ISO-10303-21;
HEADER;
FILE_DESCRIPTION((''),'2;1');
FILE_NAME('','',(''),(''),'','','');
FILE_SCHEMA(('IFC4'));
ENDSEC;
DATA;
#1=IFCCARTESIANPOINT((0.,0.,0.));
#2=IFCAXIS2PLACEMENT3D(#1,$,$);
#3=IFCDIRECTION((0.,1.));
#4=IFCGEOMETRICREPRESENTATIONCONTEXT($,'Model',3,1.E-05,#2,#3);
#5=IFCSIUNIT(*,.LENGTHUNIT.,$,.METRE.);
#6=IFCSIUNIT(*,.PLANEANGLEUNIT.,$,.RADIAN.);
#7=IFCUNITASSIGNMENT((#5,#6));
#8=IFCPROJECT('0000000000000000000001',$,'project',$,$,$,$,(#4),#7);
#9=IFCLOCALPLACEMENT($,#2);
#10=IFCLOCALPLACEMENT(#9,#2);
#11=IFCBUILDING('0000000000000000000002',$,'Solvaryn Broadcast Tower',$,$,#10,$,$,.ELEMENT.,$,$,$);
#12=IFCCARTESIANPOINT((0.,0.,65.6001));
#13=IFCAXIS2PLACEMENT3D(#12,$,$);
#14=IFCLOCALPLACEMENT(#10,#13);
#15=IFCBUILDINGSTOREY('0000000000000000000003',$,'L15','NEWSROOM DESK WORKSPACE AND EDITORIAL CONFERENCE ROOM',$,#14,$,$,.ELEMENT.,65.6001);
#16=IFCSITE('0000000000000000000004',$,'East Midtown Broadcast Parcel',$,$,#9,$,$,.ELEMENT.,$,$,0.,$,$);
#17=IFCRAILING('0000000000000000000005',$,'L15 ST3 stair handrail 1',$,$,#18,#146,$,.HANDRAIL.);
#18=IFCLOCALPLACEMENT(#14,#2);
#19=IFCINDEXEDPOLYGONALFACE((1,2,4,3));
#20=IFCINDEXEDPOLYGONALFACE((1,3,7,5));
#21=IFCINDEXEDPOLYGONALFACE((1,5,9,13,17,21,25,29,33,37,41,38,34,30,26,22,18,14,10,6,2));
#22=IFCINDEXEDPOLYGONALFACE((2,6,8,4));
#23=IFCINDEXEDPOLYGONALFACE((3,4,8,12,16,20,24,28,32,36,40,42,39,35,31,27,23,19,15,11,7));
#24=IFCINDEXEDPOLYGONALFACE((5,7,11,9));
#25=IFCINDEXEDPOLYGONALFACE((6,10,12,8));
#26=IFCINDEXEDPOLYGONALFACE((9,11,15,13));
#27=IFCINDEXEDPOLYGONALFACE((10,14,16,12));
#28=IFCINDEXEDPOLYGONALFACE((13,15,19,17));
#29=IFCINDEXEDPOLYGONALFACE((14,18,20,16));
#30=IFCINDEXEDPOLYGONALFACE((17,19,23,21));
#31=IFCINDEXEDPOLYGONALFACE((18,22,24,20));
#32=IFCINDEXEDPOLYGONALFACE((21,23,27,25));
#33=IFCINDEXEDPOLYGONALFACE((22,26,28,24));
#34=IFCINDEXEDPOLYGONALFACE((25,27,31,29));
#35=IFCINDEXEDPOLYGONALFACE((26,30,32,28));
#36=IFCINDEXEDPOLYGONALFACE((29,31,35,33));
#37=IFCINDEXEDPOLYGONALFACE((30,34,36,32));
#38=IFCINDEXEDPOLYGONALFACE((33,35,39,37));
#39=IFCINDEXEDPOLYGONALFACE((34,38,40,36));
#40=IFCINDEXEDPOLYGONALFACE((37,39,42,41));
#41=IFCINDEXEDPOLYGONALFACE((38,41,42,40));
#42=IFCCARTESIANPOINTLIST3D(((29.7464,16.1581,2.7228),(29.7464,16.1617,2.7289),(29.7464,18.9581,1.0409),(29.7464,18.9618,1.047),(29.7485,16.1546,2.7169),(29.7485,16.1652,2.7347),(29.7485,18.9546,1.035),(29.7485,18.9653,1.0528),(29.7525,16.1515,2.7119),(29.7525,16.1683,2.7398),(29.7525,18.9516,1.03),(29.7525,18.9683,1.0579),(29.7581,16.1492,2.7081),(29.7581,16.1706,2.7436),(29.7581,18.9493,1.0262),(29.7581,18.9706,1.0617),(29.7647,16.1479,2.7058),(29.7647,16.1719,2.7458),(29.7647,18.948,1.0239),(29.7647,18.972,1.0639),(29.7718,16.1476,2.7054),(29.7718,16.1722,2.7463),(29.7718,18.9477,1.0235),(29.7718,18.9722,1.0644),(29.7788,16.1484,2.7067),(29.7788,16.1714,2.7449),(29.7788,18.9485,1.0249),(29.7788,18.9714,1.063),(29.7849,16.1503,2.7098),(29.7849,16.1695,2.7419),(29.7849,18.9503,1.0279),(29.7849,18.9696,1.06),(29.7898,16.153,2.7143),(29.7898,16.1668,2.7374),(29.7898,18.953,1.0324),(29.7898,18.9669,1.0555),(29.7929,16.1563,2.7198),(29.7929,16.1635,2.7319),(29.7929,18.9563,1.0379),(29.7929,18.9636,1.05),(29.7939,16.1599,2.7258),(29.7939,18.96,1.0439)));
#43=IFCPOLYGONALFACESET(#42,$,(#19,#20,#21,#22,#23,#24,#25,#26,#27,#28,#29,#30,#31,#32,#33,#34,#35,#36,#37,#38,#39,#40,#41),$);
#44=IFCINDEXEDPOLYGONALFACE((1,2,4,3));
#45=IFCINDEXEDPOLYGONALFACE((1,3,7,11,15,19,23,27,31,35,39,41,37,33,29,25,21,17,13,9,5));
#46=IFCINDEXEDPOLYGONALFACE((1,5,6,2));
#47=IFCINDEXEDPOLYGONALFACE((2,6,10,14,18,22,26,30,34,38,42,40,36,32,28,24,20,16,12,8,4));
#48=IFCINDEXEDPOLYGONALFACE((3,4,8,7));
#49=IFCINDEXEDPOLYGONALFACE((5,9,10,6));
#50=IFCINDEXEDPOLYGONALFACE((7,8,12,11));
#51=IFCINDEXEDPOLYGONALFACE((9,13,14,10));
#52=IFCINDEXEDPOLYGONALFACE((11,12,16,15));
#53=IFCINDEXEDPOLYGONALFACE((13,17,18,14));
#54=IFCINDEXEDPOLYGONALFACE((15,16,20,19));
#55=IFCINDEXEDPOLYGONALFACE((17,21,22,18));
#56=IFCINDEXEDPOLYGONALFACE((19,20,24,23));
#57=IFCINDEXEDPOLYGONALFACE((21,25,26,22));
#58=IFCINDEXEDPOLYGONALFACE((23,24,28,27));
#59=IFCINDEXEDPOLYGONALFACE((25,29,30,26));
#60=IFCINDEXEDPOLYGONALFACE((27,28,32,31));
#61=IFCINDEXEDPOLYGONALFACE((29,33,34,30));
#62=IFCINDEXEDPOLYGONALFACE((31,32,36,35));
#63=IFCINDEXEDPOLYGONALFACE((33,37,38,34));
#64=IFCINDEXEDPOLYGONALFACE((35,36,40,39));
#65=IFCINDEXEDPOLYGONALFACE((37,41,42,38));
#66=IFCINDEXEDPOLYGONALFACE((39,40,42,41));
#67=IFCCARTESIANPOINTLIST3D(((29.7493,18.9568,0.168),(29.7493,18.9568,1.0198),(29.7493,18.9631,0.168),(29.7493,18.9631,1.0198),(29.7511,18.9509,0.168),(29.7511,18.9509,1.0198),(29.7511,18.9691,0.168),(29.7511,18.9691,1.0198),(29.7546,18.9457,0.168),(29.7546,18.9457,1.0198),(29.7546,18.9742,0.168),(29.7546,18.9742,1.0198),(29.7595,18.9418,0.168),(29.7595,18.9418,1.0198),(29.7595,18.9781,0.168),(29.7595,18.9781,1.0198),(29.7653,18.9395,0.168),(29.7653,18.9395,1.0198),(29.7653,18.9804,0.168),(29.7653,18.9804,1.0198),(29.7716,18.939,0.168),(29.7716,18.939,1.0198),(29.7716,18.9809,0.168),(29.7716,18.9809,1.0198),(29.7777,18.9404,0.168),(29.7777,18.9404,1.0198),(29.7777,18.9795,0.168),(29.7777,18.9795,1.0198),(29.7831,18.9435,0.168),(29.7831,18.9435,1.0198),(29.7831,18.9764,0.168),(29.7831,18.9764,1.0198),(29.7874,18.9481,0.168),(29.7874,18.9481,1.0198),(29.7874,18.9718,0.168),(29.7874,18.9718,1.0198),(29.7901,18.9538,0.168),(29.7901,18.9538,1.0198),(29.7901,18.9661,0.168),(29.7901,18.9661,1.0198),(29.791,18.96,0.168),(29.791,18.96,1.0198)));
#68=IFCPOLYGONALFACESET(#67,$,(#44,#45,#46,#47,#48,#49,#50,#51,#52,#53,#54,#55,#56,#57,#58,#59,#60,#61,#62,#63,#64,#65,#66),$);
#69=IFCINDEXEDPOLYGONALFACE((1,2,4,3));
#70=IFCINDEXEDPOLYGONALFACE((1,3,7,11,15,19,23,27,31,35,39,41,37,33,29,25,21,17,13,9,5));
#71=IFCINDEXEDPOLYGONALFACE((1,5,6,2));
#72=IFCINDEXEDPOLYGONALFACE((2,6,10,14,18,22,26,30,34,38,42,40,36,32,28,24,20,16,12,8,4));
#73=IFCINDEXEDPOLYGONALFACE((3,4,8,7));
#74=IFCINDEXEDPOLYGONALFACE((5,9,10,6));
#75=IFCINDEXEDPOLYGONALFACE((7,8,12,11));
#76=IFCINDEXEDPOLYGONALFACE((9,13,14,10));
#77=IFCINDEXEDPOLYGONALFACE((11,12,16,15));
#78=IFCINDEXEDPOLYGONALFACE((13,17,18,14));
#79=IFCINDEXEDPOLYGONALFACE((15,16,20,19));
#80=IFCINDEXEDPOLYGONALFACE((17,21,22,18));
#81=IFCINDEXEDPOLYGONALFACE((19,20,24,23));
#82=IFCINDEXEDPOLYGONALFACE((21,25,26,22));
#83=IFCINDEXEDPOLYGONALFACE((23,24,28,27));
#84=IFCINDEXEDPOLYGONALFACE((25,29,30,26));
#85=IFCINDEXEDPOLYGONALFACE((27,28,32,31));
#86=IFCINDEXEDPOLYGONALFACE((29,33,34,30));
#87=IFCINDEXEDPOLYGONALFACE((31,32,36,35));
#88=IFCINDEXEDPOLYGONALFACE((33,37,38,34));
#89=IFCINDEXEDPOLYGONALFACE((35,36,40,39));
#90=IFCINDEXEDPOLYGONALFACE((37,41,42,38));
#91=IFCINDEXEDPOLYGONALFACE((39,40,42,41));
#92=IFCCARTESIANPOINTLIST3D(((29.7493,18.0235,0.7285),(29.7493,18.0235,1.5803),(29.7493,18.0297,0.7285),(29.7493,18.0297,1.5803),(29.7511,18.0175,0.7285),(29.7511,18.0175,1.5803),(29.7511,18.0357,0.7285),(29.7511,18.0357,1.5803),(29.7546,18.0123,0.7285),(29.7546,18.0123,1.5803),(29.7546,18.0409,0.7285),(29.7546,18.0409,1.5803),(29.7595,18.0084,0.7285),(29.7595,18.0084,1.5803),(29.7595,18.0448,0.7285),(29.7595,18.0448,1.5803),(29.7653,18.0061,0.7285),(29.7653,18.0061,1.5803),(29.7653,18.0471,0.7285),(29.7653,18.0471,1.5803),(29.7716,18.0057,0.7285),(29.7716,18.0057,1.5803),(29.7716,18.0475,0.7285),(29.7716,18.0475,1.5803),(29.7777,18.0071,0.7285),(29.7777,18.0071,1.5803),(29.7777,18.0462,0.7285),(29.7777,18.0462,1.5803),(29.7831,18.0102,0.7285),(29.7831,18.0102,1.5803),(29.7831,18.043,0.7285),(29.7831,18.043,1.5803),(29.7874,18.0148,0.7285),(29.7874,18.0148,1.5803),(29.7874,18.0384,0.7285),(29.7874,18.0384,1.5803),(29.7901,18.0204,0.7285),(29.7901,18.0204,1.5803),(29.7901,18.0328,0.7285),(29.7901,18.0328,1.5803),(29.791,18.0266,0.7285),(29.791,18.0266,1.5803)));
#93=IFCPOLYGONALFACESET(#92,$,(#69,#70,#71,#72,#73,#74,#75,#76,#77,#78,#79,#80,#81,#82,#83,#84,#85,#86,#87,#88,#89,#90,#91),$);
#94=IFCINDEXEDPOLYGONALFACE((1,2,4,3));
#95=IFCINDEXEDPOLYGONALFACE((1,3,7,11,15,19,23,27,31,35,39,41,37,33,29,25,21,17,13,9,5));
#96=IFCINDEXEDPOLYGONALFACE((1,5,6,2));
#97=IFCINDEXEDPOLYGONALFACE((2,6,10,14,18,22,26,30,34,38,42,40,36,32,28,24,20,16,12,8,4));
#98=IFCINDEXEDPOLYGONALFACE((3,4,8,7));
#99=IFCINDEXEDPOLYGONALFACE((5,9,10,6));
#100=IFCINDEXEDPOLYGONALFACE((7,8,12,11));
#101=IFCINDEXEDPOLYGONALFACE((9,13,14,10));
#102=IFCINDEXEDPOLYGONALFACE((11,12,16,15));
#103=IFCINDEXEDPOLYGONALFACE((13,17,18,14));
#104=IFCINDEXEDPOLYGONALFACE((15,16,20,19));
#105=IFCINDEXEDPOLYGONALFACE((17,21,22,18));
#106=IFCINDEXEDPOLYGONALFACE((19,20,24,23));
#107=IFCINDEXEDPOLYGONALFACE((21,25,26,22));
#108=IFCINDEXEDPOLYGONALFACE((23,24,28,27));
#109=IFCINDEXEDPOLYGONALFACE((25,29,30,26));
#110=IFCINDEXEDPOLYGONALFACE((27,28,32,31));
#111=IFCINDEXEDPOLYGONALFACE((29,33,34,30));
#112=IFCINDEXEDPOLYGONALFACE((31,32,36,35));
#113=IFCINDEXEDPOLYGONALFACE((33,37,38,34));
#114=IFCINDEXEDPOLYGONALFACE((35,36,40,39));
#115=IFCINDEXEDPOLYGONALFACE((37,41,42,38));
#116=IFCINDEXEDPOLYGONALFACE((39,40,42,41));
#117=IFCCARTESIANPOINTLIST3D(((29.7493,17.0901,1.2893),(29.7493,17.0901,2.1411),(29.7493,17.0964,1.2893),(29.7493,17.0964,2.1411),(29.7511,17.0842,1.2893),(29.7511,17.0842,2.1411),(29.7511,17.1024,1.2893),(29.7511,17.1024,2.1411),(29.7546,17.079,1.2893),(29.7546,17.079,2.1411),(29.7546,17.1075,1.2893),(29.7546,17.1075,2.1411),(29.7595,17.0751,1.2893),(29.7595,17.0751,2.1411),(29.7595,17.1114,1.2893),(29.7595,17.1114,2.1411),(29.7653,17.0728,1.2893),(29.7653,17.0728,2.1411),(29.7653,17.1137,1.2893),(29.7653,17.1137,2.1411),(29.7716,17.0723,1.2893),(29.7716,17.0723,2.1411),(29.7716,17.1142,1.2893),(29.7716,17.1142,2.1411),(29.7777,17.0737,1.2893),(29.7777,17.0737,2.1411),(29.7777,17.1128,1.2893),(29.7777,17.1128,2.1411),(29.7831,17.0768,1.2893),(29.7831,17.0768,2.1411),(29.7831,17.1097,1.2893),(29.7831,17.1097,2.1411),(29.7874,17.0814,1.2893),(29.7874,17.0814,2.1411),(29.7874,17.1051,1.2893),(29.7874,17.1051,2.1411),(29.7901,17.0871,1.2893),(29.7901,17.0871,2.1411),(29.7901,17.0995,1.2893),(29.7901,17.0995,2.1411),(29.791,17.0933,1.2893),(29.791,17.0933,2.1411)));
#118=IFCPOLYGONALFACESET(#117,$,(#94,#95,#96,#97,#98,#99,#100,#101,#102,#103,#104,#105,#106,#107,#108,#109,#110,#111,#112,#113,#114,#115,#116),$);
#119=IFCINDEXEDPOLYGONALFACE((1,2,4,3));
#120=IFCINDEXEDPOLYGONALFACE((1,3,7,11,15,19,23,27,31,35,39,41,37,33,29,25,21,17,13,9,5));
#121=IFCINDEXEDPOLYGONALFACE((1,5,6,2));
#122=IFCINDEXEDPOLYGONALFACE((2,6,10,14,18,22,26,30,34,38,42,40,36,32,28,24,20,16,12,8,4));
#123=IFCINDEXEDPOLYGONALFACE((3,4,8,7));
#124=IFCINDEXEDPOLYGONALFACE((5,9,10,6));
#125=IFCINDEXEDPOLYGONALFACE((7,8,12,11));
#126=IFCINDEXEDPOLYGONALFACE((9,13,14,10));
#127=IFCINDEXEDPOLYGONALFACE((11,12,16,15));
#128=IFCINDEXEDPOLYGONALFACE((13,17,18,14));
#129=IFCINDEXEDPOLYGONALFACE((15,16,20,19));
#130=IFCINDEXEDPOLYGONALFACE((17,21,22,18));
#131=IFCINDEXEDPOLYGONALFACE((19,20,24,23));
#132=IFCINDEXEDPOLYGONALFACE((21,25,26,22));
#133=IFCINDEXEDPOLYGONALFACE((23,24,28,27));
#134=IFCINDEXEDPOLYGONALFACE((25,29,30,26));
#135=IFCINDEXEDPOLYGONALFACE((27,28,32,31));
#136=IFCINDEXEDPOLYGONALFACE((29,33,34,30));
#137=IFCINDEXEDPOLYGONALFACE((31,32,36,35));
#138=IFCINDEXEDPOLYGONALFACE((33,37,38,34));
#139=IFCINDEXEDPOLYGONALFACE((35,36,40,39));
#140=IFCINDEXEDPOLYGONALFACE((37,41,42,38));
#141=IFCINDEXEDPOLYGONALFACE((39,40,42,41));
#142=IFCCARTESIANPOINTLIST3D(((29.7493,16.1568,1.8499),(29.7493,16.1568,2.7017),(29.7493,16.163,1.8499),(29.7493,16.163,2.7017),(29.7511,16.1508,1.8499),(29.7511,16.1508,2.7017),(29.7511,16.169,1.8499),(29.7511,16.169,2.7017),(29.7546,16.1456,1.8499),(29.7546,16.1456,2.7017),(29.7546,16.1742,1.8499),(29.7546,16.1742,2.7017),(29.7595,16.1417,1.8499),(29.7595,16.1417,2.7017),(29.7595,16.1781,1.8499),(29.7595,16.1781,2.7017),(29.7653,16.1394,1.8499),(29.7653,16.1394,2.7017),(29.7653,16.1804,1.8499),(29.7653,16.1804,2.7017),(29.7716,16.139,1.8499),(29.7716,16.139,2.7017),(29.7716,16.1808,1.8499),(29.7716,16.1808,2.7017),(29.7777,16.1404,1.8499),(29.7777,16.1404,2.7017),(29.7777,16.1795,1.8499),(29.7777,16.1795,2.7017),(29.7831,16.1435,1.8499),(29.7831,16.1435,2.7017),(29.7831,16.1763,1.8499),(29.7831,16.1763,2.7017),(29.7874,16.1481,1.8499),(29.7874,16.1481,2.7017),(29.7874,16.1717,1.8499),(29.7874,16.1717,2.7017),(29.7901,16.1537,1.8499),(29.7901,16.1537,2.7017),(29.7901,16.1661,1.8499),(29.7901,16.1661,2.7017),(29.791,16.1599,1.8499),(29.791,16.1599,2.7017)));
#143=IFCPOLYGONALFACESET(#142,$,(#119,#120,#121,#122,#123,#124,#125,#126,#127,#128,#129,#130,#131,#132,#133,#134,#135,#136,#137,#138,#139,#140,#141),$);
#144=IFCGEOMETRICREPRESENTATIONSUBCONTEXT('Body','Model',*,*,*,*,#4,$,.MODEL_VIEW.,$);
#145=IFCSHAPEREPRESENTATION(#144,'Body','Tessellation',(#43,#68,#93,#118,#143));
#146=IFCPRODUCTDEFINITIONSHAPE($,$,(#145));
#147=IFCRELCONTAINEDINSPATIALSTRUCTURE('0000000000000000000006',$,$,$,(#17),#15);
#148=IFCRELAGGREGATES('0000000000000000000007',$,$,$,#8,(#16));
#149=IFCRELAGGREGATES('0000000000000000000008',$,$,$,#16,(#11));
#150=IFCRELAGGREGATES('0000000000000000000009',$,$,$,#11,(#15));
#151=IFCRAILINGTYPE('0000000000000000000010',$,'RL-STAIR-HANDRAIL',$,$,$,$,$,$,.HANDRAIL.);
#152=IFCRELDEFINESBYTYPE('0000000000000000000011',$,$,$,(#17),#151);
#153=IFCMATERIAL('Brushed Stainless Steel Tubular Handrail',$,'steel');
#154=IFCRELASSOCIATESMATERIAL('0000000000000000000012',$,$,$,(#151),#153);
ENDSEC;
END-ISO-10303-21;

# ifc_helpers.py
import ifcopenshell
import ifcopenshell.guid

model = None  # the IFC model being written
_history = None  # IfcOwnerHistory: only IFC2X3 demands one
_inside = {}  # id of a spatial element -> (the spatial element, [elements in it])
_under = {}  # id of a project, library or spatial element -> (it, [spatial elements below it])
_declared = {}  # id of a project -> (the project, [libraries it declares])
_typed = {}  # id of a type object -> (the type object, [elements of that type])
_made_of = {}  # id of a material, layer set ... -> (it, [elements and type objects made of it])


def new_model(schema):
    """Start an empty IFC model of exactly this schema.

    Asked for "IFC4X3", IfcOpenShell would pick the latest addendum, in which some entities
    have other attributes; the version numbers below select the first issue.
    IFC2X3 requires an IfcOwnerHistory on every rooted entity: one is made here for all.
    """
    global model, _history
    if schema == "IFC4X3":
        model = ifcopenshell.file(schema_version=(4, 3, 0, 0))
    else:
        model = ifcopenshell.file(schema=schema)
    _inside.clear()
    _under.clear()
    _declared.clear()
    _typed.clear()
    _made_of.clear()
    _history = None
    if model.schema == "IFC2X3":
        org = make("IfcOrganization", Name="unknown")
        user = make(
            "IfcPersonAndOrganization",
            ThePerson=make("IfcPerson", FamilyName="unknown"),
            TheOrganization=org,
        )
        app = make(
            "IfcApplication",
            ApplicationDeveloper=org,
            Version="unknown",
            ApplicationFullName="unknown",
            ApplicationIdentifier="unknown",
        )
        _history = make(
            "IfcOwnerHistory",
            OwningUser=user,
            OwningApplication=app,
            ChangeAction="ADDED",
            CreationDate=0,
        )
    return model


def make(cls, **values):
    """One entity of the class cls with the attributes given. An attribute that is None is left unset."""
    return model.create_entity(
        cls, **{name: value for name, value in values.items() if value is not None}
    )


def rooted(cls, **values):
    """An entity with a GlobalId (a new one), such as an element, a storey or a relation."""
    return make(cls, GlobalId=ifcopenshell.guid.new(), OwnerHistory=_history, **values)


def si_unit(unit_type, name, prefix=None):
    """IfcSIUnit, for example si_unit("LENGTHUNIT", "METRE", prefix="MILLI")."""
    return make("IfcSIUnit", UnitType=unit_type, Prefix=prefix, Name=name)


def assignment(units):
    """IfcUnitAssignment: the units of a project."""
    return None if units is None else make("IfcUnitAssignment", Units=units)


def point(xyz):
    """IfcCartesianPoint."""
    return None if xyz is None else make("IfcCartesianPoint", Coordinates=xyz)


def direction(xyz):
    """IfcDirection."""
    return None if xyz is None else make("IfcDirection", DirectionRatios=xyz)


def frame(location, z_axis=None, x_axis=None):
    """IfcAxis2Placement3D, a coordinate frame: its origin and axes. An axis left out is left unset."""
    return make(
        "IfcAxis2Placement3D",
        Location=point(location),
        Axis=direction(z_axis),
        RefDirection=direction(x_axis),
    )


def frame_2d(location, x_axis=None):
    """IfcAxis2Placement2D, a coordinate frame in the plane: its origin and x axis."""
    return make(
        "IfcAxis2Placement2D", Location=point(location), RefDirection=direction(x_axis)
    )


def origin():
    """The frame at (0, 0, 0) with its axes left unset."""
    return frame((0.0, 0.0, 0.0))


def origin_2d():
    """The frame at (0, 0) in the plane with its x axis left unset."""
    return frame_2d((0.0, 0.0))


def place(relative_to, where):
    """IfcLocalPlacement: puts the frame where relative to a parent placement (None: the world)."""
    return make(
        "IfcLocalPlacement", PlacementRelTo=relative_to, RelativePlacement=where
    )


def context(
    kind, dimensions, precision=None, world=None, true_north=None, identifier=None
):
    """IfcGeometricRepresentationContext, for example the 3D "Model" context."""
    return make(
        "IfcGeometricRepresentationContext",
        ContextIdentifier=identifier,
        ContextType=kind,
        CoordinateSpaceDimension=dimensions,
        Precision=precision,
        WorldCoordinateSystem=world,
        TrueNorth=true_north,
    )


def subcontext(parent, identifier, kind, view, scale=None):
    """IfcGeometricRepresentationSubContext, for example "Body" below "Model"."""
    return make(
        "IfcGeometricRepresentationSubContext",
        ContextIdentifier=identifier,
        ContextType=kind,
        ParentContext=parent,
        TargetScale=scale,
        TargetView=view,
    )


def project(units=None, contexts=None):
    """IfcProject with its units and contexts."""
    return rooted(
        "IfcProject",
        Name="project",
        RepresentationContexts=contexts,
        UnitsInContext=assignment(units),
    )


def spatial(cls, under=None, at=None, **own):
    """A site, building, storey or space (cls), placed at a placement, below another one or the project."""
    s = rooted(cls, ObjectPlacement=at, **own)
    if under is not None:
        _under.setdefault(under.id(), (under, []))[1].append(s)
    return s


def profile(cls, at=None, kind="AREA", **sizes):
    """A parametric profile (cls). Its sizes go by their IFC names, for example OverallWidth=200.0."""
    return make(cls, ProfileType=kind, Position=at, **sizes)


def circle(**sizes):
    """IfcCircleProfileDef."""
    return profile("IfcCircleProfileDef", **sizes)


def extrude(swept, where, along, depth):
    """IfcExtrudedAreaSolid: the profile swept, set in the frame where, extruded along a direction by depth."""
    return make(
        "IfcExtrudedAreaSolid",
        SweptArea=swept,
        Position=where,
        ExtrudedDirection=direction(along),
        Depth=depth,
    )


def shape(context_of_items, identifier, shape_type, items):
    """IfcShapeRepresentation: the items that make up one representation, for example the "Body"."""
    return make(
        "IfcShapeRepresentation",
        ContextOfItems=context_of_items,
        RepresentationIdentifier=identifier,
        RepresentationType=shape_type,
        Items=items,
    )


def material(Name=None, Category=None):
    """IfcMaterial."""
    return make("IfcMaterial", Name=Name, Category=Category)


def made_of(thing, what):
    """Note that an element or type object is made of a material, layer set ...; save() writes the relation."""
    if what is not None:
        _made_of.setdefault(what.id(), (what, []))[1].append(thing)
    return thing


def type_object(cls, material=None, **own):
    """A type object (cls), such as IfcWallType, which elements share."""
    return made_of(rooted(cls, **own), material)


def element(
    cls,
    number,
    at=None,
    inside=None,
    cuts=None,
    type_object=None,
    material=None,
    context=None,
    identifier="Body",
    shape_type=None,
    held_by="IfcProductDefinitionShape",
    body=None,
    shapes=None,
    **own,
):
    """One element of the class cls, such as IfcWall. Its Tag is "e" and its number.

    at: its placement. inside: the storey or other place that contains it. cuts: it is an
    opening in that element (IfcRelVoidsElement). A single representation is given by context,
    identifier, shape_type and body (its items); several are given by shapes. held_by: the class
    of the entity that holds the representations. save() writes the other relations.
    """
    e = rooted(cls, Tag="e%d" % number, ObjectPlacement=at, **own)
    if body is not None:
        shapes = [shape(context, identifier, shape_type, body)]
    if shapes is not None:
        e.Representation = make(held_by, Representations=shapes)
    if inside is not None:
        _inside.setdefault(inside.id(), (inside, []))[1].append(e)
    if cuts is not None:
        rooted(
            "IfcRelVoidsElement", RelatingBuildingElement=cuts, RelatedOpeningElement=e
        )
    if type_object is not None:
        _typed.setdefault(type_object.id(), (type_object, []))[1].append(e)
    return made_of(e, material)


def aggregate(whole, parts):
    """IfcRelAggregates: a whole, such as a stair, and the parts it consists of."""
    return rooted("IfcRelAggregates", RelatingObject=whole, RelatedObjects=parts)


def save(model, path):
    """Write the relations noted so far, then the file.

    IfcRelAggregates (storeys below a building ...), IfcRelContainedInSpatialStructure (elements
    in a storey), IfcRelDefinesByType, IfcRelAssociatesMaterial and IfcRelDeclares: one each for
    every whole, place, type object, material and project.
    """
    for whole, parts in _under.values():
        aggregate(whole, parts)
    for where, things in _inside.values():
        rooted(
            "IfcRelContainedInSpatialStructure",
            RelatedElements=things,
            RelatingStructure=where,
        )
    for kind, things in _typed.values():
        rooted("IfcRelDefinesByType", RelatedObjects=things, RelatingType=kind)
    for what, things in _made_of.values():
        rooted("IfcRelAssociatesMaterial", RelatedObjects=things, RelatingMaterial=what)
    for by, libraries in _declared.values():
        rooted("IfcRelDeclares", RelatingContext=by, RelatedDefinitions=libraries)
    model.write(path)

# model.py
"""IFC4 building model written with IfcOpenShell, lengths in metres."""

from ifc_helpers import new_model, si_unit, direction, frame, origin, origin_2d, place, context, subcontext, project, spatial, circle, extrude, material, type_object, element, save


model = new_model("IFC4")

# Units and contexts
model_context = context("Model", 3, precision=1e-05, world=origin(), true_north=direction((0.0, 1.0)))
body_context = subcontext(model_context, "Body", "Model", "MODEL_VIEW")
ifc_project = project(units=[si_unit("LENGTHUNIT", "METRE"), si_unit("PLANEANGLEUNIT", "RADIAN")], contexts=[model_context])

# Site, building, storey
site_placement = place(None, origin())
site = spatial("IfcSite", under=ifc_project, at=site_placement, Name="East Midtown Broadcast Parcel", CompositionType="ELEMENT", RefElevation=0.0)
building_placement = place(site_placement, origin())
building = spatial("IfcBuilding", under=site, at=building_placement, Name="Solvaryn Broadcast Tower", CompositionType="ELEMENT")
storey_placement = place(building_placement, frame((0.0, 0.0, 65.6001)))
storey = spatial("IfcBuildingStorey", under=building, at=storey_placement, Name="L15", Description="NEWSROOM DESK WORKSPACE AND EDITORIAL CONFERENCE ROOM", CompositionType="ELEMENT", Elevation=65.6001)

# Railing
ifc_material_1 = material(Name="Brushed Stainless Steel Tubular Handrail", Category="steel")
railing_type_1 = type_object("IfcRailingType", Name="RL-STAIR-HANDRAIL", PredefinedType="HANDRAIL", material=ifc_material_1)
railing_1_placement = place(storey_placement, frame((29.77, 18.96, 0.168)))
element("IfcRailing", 1, at=railing_1_placement, inside=storey, type_object=railing_type_1, Name="L15 ST3 stair handrail 1", PredefinedType="HANDRAIL", context=body_context, shape_type="SweptSolid", body=[
    extrude(circle(Radius=0.0239, at=origin_2d()), frame((0.0, 0.0, 0.876), z_axis=(0.0, -0.857242, 0.514913), x_axis=(1.0, 0.0, 0.0)), (0.0, 0.0, 1.0), 3.2664),
    extrude(circle(Radius=0.021, at=origin_2d()), origin(), (0.0, 0.0, 1.0), 0.8518),
    extrude(circle(Radius=0.021, at=origin_2d()), frame((0.0, -0.9333, 0.5605)), (0.0, 0.0, 1.0), 0.8518),
    extrude(circle(Radius=0.021, at=origin_2d()), frame((0.0, -1.8667, 1.1213)), (0.0, 0.0, 1.0), 0.8518),
    extrude(circle(Radius=0.021, at=origin_2d()), frame((0.0, -2.8, 1.6819)), (0.0, 0.0, 1.0), 0.8518),
])

save(model, "model.ifc")
